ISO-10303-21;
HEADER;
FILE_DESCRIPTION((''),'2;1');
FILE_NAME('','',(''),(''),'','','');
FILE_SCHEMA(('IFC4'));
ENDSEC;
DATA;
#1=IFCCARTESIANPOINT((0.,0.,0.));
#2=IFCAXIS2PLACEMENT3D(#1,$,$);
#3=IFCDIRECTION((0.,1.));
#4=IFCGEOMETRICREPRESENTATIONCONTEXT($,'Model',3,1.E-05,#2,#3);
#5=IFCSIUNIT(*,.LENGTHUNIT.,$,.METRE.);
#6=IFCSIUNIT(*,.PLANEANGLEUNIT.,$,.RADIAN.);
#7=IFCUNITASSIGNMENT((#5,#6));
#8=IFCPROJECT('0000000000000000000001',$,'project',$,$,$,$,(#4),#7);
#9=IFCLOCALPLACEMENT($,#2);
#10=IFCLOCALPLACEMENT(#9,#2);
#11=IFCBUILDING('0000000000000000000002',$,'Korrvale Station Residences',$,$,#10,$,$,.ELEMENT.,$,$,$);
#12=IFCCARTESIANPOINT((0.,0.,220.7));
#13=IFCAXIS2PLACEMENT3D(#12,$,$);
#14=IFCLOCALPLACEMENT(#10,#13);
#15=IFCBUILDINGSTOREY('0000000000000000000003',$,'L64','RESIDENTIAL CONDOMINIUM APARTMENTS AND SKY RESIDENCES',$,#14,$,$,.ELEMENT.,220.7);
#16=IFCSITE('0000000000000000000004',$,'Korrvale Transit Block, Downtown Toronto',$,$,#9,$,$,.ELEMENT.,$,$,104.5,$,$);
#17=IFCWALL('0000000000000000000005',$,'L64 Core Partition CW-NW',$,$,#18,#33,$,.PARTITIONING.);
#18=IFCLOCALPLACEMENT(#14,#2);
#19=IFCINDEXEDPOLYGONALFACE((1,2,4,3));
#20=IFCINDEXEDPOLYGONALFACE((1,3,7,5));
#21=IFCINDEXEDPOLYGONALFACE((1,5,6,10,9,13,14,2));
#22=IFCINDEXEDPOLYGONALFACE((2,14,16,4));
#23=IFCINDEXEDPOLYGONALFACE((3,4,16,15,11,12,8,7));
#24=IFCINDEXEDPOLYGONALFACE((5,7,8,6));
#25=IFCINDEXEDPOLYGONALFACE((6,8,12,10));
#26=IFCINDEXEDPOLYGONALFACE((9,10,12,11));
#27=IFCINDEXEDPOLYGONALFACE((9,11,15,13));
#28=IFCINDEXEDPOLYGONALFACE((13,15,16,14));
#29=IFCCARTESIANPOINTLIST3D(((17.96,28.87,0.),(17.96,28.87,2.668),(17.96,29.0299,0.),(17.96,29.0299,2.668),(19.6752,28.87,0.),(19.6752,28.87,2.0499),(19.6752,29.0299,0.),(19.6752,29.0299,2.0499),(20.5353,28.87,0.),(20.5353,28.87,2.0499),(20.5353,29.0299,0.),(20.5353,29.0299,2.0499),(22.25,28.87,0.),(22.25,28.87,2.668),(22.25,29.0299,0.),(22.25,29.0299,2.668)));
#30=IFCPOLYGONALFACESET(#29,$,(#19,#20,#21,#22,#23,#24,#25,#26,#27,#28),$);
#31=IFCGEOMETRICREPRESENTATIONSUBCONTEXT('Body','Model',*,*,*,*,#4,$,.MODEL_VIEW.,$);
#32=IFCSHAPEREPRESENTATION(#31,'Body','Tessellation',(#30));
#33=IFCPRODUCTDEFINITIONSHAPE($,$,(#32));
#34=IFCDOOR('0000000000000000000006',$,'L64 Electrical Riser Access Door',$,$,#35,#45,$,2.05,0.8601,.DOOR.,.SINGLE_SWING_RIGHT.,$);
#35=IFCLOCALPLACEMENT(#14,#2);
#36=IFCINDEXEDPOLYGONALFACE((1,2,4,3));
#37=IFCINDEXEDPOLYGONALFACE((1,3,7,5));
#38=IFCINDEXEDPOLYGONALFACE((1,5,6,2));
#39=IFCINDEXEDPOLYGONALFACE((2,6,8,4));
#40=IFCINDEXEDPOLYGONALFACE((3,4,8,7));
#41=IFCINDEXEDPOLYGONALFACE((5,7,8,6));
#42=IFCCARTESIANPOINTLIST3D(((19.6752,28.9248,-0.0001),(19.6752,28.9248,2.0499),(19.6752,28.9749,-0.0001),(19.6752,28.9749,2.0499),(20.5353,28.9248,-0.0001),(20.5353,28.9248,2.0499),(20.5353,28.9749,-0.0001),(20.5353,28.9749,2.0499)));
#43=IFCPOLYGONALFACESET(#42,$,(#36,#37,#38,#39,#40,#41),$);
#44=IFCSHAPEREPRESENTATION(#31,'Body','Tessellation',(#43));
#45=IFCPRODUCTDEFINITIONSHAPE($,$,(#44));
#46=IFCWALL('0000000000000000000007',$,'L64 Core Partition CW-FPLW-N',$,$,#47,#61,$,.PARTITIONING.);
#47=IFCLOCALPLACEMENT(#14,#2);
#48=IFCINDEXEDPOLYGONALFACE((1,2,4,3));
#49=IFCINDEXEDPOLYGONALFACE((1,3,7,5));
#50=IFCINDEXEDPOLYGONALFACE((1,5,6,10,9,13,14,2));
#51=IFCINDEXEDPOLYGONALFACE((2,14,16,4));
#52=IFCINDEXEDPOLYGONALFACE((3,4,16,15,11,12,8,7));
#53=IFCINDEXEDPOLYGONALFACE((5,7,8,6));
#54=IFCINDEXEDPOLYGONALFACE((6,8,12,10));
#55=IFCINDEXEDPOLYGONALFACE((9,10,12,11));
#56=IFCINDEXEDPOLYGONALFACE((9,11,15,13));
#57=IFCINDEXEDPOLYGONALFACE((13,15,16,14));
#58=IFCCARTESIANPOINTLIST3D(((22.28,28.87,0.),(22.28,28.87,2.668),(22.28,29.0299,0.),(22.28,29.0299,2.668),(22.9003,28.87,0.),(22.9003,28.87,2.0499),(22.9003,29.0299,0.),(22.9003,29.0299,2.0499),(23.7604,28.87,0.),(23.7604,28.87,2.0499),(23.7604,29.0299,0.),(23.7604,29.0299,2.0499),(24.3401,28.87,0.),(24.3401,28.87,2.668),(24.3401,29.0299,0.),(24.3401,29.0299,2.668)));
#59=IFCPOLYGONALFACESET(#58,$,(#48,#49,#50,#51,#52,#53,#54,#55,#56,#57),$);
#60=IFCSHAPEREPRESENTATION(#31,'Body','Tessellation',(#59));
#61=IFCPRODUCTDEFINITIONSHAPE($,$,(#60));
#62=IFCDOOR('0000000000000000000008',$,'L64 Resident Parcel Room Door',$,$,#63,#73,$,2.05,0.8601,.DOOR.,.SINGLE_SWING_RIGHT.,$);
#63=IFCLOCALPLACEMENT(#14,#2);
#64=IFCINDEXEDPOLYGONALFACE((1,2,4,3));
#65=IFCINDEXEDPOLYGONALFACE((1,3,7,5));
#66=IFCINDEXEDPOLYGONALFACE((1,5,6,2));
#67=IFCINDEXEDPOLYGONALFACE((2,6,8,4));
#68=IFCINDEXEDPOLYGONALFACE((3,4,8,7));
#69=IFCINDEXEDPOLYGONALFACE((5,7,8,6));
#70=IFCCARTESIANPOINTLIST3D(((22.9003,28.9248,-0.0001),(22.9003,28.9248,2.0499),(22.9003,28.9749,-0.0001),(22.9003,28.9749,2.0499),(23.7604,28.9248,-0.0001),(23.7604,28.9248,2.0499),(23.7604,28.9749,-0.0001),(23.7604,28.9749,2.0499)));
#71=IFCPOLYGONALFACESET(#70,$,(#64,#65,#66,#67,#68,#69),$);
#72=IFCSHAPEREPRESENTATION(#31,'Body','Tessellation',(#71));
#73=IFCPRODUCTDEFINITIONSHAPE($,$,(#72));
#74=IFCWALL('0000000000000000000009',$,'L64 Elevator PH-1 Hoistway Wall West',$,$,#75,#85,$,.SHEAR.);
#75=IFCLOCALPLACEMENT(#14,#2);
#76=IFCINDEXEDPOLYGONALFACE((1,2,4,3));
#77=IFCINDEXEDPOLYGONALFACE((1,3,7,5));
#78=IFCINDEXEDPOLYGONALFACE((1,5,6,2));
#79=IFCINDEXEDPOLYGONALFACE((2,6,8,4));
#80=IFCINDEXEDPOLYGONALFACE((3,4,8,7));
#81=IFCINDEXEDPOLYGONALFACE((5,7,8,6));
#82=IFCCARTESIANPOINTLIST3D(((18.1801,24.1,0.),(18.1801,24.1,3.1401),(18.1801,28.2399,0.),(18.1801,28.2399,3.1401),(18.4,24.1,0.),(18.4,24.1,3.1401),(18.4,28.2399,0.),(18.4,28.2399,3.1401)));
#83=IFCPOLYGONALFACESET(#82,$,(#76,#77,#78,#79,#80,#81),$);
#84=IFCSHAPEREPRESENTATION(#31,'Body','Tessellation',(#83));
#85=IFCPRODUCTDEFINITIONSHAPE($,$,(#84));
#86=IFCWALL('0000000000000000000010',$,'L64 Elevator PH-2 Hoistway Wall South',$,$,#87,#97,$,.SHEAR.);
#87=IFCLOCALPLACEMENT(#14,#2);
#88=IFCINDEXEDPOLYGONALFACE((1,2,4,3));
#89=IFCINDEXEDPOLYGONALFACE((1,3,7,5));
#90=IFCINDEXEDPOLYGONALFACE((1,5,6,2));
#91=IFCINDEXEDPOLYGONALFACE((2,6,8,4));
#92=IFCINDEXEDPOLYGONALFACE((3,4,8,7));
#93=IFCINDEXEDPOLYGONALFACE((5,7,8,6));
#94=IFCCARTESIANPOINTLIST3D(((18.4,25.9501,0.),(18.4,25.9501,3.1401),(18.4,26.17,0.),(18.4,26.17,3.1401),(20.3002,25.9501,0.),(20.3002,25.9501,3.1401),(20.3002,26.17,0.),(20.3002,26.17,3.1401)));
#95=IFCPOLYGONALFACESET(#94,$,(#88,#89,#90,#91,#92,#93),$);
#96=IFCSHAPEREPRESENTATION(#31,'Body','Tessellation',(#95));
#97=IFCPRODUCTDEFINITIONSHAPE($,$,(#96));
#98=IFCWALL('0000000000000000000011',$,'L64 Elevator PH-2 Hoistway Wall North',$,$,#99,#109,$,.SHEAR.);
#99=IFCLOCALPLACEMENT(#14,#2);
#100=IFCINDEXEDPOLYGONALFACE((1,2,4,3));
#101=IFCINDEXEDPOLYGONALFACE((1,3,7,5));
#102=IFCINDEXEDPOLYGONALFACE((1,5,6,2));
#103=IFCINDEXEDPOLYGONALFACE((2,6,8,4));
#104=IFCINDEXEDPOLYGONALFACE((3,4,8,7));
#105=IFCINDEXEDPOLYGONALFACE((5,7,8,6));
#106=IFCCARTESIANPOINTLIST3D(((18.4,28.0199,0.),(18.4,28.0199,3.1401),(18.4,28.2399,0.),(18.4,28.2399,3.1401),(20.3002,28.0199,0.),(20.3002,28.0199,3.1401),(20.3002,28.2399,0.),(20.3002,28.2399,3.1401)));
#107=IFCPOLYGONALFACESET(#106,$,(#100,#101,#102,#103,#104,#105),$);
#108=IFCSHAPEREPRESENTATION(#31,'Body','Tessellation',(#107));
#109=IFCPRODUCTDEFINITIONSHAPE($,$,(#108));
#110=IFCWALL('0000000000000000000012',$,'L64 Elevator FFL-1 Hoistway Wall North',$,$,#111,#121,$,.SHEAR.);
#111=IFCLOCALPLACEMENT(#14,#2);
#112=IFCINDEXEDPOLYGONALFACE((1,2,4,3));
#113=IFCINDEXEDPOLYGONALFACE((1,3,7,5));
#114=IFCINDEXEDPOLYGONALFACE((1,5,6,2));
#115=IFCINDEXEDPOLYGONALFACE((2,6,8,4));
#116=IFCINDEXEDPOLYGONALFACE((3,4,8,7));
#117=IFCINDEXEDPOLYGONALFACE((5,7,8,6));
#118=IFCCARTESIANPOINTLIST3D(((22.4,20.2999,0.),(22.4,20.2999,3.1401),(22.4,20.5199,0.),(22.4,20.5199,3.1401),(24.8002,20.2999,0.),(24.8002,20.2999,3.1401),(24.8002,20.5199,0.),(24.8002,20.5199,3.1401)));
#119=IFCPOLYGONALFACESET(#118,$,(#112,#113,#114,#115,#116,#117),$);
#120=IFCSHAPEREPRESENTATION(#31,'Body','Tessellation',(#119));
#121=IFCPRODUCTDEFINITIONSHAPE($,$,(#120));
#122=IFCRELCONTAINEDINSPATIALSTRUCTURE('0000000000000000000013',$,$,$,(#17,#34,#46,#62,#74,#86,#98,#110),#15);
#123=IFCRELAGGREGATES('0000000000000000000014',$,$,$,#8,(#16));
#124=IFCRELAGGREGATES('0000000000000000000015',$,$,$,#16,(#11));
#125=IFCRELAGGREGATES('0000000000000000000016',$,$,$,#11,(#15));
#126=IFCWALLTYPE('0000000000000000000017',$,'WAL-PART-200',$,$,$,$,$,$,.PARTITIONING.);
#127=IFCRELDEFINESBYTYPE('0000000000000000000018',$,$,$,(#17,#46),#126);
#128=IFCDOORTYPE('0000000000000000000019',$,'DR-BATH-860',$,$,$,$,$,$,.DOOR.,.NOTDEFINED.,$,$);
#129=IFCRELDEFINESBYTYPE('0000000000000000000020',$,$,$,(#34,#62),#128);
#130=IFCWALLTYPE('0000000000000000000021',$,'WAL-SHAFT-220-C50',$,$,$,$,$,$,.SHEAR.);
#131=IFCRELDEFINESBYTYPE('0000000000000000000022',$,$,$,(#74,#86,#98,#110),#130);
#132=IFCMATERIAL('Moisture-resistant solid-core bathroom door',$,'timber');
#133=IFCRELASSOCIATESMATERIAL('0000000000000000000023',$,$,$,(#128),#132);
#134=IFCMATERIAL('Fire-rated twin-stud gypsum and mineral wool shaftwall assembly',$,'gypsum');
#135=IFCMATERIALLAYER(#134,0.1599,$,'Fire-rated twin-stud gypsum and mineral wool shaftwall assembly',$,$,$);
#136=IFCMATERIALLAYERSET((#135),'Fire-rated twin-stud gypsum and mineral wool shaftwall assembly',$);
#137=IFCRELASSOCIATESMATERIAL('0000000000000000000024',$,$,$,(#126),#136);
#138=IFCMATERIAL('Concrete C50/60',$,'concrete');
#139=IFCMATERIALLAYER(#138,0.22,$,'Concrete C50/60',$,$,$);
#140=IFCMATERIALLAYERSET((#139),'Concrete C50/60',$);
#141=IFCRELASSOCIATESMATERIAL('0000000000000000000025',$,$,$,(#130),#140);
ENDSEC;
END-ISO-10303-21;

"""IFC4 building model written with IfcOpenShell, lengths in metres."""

from ifc_helpers import new_model, si_unit, direction, frame, frame_2d, origin, place, context, subcontext, project, spatial, rectangle, extrude, material, layer, layer_set, type_object, element, fill, save


model = new_model("IFC4")

# Units and contexts
model_context = context("Model", 3, precision=1e-05, world=origin(), true_north=direction((0.0, 1.0)))
body_context = subcontext(model_context, "Body", "Model", "MODEL_VIEW")
ifc_project = project(units=[si_unit("LENGTHUNIT", "METRE"), si_unit("PLANEANGLEUNIT", "RADIAN")], contexts=[model_context])

# Site, building, storey
site_placement = place(None, origin())
site = spatial("IfcSite", under=ifc_project, at=site_placement, Name="Korrvale Transit Block, Downtown Toronto", CompositionType="ELEMENT", RefElevation=104.5)
building_placement = place(site_placement, origin())
building = spatial("IfcBuilding", under=site, at=building_placement, Name="Korrvale Station Residences", CompositionType="ELEMENT")
storey_placement = place(building_placement, frame((0.0, 0.0, 220.7)))
storey = spatial("IfcBuildingStorey", under=building, at=storey_placement, Name="L64", Description="RESIDENTIAL CONDOMINIUM APARTMENTS AND SKY RESIDENCES", CompositionType="ELEMENT", Elevation=220.7)

# Shared definitions
ifc_material_1 = material(Name="Concrete C50/60", Category="concrete")

# Shared definitions
ifc_material_2 = material(Name="Moisture-resistant solid-core bathroom door", Category="timber")
door_type_1 = type_object("IfcDoorType", Name="DR-BATH-860", OperationType="NOTDEFINED", PredefinedType="DOOR", material=ifc_material_2)

# Shared definitions
ifc_material_3 = material(Name="Fire-rated twin-stud gypsum and mineral wool shaftwall assembly", Category="gypsum")
ifc_layer_1 = layer(ifc_material_3, 0.1599, Name="Fire-rated twin-stud gypsum and mineral wool shaftwall assembly")
ifc_layer_set_1 = layer_set([ifc_layer_1], Name="Fire-rated twin-stud gypsum and mineral wool shaftwall assembly")
wall_type_1 = type_object("IfcWallType", Name="WAL-PART-200", PredefinedType="PARTITIONING", material=ifc_layer_set_1)

# Walls, openings, doors
wall_1_placement = place(storey_placement, frame((17.96, 28.95, 0.0), z_axis=(0.0, 0.0, 1.0), x_axis=(1.0, 0.0, 0.0)))
wall_1 = element("IfcWall", 1, at=wall_1_placement, inside=storey, type_object=wall_type_1, Name="L64 Core Partition CW-NW", PredefinedType="PARTITIONING", context=body_context, shape_type="SweptSolid", body=[
    extrude(rectangle(XDim=4.29, YDim=0.1599, at=frame_2d((2.145, 0.0))), origin(), (0.0, 0.0, 1.0), 2.668),
])
opening_1_placement = place(wall_1_placement, frame((1.7151, 0.0, 0.0)))
opening_1 = element("IfcOpeningElement", 2, at=opening_1_placement, cuts=wall_1, PredefinedType="OPENING", context=body_context, shape_type="SweptSolid", body=[
    extrude(rectangle(XDim=0.8601, YDim=2.05, at=frame_2d((0.4302, 1.0249))), frame((0.0, 0.0898, 0.0), z_axis=(0.0, -1.0, 0.0), x_axis=(1.0, 0.0, 0.0)), (0.0, 0.0, 1.0), 0.1799),
])
door_1_placement = place(opening_1_placement, origin())
door_1 = element("IfcDoor", 3, at=door_1_placement, inside=storey, type_object=door_type_1, Name="L64 Electrical Riser Access Door", OperationType="SINGLE_SWING_RIGHT", OverallHeight=2.05, OverallWidth=0.8601, PredefinedType="DOOR", context=body_context, shape_type="SweptSolid", body=[
    extrude(rectangle(XDim=0.8601, YDim=2.05, at=frame_2d((0.4302, 1.0249))), frame((0.0, 0.0249, 0.0), z_axis=(0.0, -1.0, 0.0), x_axis=(1.0, 0.0, 0.0)), (0.0, 0.0, 1.0), 0.05),
])
fill(opening_1, door_1)
wall_2_placement = place(storey_placement, frame((22.28, 28.95, 0.0), z_axis=(0.0, 0.0, 1.0), x_axis=(1.0, 0.0, 0.0)))
wall_2 = element("IfcWall", 4, at=wall_2_placement, inside=storey, type_object=wall_type_1, Name="L64 Core Partition CW-FPLW-N", PredefinedType="PARTITIONING", context=body_context, shape_type="SweptSolid", body=[
    extrude(rectangle(XDim=2.0601, YDim=0.1599, at=frame_2d((1.03, 0.0))), origin(), (0.0, 0.0, 1.0), 2.668),
])
opening_2_placement = place(wall_2_placement, frame((0.6201, 0.0, 0.0)))
opening_2 = element("IfcOpeningElement", 5, at=opening_2_placement, cuts=wall_2, PredefinedType="OPENING", context=body_context, shape_type="SweptSolid", body=[
    extrude(rectangle(XDim=0.8601, YDim=2.05, at=frame_2d((0.4302, 1.0249))), frame((0.0, 0.0898, 0.0), z_axis=(0.0, -1.0, 0.0), x_axis=(1.0, 0.0, 0.0)), (0.0, 0.0, 1.0), 0.1799),
])
door_2_placement = place(opening_2_placement, origin())
door_2 = element("IfcDoor", 6, at=door_2_placement, inside=storey, type_object=door_type_1, Name="L64 Resident Parcel Room Door", OperationType="SINGLE_SWING_RIGHT", OverallHeight=2.05, OverallWidth=0.8601, PredefinedType="DOOR", context=body_context, shape_type="SweptSolid", body=[
    extrude(rectangle(XDim=0.8601, YDim=2.05, at=frame_2d((0.4302, 1.0249))), frame((0.0, 0.0249, 0.0), z_axis=(0.0, -1.0, 0.0), x_axis=(1.0, 0.0, 0.0)), (0.0, 0.0, 1.0), 0.05),
])
fill(opening_2, door_2)

# Wall
ifc_layer_2 = layer(ifc_material_1, 0.22, Name="Concrete C50/60")
ifc_layer_set_2 = layer_set([ifc_layer_2], Name="Concrete C50/60")
wall_type_2 = type_object("IfcWallType", Name="WAL-SHAFT-220-C50", PredefinedType="SHEAR", material=ifc_layer_set_2)
wall_3_placement = place(storey_placement, frame((18.29, 24.1001, 0.0), z_axis=(0.0, 0.0, 1.0), x_axis=(0.0, 1.0, 0.0)))
element("IfcWall", 7, at=wall_3_placement, inside=storey, type_object=wall_type_2, Name="L64 Elevator PH-1 Hoistway Wall West", PredefinedType="SHEAR", context=body_context, shape_type="SweptSolid", body=[
    extrude(rectangle(XDim=4.1399, YDim=0.22, at=frame_2d((2.0698, 0.0))), origin(), (0.0, 0.0, 1.0), 3.1401),
])

# Walls
for number, where, z_axis, x_axis, name in (
    (8, (18.3999, 26.0601, 0.0), (0.0, 0.0, 1.0), (1.0, 0.0, 0.0), "L64 Elevator PH-2 Hoistway Wall South"),
    (9, (18.3999, 28.1299, 0.0), (0.0, 0.0, 1.0), (1.0, 0.0, 0.0), "L64 Elevator PH-2 Hoistway Wall North"),
):
    element("IfcWall", number, at=place(storey_placement, frame(where, z_axis=z_axis, x_axis=x_axis)), inside=storey, type_object=wall_type_2, Name=name, PredefinedType="SHEAR", context=body_context, shape_type="SweptSolid", body=[
        extrude(rectangle(XDim=1.9001, YDim=0.22, at=frame_2d((0.9502, 0.0))), origin(), (0.0, 0.0, 1.0), 3.1401),
    ])

# Wall
wall_4_placement = place(storey_placement, frame((22.3999, 20.4099, 0.0), z_axis=(0.0, 0.0, 1.0), x_axis=(1.0, 0.0, 0.0)))
element("IfcWall", 10, at=wall_4_placement, inside=storey, type_object=wall_type_2, Name="L64 Elevator FFL-1 Hoistway Wall North", PredefinedType="SHEAR", context=body_context, shape_type="SweptSolid", body=[
    extrude(rectangle(XDim=2.4001, YDim=0.22, at=frame_2d((1.2002, 0.0))), origin(), (0.0, 0.0, 1.0), 3.1401),
])

save(model, "model.ifc")
